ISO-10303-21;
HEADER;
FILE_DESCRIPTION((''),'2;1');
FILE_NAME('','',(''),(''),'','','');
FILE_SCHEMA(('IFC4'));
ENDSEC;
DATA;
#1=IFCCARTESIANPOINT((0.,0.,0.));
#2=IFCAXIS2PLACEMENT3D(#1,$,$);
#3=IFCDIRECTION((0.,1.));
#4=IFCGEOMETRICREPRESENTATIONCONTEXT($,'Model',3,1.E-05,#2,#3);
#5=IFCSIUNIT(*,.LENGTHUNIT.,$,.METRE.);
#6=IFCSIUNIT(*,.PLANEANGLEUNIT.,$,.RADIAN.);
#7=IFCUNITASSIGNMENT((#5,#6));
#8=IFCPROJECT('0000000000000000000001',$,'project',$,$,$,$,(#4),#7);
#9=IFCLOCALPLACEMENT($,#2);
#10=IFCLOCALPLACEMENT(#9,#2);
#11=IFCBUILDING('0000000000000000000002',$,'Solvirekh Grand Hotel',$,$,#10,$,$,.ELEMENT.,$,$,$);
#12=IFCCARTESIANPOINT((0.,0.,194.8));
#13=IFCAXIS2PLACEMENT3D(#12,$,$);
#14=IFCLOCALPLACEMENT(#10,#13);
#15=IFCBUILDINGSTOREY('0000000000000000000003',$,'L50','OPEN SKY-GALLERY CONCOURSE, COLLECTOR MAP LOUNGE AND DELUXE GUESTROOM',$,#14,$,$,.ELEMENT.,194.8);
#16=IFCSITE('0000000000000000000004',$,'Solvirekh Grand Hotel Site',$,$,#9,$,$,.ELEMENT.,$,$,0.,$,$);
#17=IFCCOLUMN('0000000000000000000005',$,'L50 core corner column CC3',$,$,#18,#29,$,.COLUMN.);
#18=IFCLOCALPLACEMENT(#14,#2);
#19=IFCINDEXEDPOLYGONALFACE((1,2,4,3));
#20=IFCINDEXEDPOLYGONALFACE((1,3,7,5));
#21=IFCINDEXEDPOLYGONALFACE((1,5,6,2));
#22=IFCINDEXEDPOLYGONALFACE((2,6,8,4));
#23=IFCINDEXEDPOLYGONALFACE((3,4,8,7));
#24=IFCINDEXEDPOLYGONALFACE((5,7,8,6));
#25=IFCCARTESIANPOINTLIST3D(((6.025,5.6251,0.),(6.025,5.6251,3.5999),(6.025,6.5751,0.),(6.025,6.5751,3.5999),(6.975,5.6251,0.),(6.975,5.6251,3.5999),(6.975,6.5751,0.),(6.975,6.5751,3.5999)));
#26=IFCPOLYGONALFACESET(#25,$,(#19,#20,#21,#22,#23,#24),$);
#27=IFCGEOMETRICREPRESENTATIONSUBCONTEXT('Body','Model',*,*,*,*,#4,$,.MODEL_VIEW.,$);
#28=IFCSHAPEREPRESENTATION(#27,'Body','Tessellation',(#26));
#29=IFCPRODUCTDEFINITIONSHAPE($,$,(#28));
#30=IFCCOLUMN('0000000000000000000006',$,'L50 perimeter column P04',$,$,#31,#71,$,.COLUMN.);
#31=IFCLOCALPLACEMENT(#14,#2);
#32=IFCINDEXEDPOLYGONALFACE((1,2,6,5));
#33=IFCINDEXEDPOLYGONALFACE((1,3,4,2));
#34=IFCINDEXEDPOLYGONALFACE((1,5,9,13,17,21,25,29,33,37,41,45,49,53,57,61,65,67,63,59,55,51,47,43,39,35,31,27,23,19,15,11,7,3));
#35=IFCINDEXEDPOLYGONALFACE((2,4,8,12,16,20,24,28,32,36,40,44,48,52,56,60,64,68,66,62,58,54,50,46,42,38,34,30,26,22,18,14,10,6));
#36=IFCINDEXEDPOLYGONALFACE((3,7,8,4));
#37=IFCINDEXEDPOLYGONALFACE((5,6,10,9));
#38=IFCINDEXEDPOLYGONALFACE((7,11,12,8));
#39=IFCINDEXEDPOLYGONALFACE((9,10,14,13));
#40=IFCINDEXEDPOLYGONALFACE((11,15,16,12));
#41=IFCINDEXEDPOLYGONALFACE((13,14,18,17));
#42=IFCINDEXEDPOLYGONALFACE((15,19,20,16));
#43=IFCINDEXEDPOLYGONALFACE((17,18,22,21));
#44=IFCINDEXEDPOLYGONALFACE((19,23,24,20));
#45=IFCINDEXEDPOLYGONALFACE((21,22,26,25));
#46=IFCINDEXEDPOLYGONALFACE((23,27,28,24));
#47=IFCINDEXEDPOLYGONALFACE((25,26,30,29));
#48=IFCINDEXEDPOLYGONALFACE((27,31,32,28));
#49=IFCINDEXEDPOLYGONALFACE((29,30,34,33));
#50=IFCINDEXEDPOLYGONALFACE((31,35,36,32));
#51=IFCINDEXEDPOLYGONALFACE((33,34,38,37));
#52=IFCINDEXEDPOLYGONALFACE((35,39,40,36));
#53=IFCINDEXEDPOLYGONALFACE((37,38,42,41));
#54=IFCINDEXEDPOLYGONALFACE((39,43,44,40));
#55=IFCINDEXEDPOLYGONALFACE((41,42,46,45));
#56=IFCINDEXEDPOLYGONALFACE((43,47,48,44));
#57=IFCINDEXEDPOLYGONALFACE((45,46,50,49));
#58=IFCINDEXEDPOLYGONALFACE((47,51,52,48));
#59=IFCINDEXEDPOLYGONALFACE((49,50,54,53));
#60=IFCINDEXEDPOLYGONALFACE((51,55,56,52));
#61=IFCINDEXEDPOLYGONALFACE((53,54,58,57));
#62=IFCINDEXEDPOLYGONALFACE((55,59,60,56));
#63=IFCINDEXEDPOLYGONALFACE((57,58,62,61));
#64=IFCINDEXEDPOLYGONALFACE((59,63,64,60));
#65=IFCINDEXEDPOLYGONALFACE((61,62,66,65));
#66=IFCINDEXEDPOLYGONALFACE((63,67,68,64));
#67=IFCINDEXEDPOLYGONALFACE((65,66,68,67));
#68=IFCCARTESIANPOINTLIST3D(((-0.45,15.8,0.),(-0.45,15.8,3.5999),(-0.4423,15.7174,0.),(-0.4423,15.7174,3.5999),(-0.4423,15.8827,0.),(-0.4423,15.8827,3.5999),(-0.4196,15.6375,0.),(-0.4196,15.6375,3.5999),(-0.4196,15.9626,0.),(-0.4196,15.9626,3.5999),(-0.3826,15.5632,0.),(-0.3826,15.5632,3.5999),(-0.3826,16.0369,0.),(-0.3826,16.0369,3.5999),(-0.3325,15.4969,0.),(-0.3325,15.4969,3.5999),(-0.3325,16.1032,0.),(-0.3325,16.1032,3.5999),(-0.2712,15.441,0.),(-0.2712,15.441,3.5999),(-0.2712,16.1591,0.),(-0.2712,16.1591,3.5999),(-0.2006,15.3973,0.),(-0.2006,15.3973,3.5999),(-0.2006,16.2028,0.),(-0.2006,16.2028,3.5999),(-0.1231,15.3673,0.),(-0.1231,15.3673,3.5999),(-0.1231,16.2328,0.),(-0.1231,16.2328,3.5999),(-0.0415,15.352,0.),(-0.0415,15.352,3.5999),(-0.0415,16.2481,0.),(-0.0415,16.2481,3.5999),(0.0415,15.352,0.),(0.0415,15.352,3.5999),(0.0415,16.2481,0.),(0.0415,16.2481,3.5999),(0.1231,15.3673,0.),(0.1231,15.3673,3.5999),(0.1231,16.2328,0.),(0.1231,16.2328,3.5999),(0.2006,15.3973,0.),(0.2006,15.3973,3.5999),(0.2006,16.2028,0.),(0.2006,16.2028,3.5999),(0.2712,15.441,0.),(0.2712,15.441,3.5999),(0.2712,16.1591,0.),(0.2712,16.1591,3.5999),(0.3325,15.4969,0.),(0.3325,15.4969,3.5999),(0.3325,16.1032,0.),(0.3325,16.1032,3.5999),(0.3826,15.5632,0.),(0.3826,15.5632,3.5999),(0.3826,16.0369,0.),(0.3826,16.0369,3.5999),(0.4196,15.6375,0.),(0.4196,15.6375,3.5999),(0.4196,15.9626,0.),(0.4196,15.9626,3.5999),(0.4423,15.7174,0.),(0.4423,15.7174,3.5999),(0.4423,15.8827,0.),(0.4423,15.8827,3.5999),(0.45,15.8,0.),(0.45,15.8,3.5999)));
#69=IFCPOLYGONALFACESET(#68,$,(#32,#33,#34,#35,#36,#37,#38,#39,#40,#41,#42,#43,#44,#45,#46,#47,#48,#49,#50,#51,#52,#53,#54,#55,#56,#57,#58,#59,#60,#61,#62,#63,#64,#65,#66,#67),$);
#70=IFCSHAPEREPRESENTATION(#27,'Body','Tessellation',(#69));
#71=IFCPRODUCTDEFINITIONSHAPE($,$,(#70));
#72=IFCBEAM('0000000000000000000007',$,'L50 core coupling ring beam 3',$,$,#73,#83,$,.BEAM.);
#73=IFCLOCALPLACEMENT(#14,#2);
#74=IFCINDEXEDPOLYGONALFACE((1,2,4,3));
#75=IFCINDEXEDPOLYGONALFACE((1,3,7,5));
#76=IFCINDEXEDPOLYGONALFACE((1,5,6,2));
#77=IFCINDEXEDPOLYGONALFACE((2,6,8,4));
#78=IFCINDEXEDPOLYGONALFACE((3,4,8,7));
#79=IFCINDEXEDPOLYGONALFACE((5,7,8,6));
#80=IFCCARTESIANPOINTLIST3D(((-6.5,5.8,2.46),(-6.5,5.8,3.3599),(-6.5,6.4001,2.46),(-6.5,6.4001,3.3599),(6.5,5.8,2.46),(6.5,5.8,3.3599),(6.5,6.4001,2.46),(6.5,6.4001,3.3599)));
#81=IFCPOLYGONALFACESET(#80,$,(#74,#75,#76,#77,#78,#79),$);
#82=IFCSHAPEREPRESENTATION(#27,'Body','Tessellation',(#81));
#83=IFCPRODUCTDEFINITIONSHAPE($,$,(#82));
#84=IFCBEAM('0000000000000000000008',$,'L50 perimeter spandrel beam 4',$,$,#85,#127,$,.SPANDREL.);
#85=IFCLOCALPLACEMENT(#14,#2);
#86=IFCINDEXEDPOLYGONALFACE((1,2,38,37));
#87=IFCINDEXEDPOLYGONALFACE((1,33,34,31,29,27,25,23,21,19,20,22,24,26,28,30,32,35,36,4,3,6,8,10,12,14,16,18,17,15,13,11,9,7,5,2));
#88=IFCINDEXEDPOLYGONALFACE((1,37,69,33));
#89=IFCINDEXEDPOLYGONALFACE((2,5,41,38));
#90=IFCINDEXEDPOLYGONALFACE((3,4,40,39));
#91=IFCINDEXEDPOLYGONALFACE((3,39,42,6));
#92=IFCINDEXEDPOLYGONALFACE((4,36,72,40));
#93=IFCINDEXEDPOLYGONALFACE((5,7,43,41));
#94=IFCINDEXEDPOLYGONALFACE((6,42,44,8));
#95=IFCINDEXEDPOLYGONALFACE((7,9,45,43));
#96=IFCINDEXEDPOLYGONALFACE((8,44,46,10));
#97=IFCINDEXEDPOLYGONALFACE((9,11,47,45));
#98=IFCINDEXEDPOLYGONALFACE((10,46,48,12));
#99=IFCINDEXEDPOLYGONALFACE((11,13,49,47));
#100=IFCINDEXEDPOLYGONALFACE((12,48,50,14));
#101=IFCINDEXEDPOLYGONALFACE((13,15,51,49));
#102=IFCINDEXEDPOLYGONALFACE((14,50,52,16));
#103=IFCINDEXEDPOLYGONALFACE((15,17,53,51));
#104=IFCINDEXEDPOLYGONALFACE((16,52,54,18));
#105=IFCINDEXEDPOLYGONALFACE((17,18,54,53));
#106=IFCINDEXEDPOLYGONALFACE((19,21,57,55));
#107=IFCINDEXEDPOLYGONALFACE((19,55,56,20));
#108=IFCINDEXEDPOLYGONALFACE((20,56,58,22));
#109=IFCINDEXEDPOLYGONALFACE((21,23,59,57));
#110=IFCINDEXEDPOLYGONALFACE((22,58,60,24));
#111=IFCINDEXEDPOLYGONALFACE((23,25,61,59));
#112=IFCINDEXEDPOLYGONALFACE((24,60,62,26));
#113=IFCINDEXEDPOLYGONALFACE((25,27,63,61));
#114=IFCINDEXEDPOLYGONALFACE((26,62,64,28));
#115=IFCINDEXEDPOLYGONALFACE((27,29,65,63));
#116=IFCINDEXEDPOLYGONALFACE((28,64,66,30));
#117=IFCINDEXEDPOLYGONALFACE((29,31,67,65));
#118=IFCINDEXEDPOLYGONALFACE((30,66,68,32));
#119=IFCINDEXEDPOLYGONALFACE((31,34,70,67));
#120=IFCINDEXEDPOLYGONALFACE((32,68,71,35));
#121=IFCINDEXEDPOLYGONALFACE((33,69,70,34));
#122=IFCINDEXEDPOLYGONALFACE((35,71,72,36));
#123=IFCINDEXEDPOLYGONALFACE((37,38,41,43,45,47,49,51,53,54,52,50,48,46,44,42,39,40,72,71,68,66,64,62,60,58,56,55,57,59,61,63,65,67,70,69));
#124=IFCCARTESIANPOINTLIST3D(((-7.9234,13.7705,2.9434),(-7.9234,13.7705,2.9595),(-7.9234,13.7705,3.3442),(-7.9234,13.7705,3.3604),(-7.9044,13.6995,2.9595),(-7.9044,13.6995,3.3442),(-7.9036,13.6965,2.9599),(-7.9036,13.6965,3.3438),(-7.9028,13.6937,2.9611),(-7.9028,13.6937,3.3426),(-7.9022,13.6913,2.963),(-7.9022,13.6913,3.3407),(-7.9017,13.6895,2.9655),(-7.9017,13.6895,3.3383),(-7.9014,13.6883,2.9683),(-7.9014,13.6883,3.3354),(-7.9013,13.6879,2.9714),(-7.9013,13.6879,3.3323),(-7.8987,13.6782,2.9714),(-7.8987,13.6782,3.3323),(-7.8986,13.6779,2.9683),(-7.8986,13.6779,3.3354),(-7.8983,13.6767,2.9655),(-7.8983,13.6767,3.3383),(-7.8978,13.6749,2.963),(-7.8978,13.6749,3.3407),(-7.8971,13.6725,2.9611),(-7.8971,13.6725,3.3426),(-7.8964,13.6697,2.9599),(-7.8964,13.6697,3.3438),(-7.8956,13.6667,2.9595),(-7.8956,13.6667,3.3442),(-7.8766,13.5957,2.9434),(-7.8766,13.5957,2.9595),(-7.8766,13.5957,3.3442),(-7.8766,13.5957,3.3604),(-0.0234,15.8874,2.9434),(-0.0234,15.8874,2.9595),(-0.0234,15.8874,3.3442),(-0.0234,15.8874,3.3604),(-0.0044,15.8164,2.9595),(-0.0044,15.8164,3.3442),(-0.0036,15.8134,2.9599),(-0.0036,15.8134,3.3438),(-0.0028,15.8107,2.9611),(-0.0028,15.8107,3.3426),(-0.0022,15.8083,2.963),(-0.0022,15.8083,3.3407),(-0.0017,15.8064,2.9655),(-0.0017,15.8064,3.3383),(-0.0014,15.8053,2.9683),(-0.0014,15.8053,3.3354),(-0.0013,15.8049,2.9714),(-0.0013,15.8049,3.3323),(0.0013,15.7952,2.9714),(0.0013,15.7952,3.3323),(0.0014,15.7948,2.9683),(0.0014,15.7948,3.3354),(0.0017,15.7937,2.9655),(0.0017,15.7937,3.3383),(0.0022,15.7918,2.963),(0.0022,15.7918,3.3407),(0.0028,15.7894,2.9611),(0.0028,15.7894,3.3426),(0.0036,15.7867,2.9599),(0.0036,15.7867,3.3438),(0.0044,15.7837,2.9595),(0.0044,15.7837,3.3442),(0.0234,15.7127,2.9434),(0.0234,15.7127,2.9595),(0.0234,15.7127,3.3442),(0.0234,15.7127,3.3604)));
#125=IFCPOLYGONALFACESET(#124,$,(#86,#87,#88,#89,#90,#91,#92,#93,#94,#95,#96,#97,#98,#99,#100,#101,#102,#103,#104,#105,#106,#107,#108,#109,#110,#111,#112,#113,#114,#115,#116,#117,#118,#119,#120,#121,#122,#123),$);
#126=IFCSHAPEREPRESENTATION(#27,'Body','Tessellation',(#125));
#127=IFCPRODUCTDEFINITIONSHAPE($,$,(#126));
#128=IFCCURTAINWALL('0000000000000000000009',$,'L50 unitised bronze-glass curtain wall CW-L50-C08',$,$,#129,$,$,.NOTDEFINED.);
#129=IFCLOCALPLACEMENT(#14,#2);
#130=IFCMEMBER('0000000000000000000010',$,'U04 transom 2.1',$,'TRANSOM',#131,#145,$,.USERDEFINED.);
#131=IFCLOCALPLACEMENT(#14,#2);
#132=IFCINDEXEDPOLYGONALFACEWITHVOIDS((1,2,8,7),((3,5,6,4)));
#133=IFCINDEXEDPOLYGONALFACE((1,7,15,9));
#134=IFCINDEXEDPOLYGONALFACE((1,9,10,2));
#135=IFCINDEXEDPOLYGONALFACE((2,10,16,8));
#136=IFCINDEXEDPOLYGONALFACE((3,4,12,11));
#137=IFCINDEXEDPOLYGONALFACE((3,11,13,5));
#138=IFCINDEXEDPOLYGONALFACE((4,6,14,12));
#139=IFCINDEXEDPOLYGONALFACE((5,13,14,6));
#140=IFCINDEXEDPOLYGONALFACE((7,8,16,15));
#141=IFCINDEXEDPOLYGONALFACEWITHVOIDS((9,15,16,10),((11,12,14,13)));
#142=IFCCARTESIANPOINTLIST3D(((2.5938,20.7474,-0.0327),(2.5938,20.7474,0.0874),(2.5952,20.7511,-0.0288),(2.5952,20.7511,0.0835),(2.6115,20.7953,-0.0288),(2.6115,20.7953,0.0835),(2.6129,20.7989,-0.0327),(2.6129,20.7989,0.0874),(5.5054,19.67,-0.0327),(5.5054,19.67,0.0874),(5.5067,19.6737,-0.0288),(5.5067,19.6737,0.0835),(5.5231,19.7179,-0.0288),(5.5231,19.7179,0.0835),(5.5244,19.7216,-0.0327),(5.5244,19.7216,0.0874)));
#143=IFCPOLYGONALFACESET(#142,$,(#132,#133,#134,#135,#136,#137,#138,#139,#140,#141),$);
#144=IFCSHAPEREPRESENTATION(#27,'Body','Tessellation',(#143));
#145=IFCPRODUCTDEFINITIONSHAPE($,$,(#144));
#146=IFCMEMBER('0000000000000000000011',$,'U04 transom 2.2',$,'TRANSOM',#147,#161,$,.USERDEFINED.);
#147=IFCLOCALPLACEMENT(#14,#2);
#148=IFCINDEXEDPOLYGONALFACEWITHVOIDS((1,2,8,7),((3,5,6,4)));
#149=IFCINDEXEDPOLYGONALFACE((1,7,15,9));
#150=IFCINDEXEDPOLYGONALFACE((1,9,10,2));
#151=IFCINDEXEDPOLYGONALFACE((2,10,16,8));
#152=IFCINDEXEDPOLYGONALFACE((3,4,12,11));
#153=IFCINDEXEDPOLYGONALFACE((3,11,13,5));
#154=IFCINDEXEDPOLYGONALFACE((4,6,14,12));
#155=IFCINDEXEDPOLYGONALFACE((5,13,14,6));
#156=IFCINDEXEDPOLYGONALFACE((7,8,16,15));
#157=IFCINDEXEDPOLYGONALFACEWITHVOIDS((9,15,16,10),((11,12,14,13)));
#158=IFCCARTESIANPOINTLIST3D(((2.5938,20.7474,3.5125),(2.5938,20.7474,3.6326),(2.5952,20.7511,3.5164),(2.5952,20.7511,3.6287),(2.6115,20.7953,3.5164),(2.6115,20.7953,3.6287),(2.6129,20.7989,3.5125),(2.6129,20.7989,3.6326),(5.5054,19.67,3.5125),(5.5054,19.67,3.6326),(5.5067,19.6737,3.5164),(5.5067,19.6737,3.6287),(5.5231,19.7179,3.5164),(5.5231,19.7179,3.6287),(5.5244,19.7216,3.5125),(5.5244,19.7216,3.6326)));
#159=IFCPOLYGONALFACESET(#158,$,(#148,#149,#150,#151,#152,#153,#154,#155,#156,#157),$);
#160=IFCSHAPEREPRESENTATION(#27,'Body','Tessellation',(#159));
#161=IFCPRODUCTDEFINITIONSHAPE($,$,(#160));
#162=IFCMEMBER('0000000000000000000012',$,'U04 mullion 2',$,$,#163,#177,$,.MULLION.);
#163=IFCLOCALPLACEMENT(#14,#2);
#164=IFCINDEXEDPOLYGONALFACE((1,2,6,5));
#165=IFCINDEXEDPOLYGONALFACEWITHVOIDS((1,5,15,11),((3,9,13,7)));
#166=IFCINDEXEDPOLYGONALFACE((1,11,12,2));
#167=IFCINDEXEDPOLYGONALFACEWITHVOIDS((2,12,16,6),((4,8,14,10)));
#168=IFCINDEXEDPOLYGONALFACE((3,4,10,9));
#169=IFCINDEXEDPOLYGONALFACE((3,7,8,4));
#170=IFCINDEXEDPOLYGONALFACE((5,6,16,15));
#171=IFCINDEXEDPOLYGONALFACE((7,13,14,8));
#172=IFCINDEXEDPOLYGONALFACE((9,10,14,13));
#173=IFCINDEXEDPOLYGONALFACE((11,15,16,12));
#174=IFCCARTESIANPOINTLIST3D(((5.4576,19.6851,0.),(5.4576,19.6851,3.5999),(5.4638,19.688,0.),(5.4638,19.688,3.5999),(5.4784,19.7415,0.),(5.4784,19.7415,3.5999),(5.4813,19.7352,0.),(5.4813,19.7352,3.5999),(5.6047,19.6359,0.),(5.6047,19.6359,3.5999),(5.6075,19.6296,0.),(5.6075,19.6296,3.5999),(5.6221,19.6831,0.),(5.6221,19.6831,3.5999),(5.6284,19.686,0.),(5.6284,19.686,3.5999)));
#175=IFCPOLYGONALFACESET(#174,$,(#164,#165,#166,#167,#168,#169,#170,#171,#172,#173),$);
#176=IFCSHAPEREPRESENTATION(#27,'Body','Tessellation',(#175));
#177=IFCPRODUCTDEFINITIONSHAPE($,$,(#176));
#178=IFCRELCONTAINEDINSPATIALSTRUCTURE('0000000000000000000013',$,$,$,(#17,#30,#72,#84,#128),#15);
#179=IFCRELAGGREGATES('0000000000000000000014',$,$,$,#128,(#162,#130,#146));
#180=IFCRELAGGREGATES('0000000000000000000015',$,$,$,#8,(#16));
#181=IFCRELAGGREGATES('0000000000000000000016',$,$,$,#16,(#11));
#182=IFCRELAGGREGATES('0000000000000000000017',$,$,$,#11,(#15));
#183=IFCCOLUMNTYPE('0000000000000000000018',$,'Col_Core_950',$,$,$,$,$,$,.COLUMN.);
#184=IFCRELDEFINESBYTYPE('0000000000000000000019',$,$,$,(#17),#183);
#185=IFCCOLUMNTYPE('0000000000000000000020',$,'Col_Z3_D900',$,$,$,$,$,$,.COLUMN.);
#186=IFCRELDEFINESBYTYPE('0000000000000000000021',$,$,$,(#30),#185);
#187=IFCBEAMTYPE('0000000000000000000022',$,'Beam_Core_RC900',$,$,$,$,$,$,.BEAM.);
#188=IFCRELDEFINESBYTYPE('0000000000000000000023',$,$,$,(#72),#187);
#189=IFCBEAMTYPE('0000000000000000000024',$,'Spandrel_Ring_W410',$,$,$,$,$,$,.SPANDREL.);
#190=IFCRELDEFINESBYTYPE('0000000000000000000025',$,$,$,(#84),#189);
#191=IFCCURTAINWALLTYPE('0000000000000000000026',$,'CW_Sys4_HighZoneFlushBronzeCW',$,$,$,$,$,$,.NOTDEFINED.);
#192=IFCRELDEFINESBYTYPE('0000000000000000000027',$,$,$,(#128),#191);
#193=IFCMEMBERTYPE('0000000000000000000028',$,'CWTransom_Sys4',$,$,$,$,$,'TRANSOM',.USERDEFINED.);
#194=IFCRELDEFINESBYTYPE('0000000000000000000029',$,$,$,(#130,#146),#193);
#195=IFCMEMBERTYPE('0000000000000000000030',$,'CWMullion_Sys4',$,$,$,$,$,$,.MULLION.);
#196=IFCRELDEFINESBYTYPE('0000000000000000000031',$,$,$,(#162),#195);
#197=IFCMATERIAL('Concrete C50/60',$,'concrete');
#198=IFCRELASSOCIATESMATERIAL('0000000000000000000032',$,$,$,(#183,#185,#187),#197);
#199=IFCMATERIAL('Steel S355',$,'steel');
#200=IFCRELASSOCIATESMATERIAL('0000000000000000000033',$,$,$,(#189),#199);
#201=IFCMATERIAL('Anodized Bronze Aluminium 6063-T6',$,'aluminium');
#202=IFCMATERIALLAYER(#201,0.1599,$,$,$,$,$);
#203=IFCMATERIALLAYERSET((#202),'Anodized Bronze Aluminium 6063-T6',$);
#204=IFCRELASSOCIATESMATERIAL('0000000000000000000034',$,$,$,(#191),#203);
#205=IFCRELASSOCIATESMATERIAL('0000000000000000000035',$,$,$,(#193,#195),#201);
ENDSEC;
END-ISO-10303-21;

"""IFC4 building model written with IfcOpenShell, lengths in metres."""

from ifc_helpers import new_model, si_unit, direction, frame, origin, origin_2d, place, context, subcontext, project, spatial, rectangle, hollow_rectangle, circle, i_section, extrude, source, transform, mapped, material, layer, layer_set, material_profile, profile_set, type_object, element, aggregate, save


model = new_model("IFC4")

# Units and contexts
model_context = context("Model", 3, precision=1e-05, world=origin(), true_north=direction((0.0, 1.0)))
body_context = subcontext(model_context, "Body", "Model", "MODEL_VIEW")
ifc_project = project(units=[si_unit("LENGTHUNIT", "METRE"), si_unit("PLANEANGLEUNIT", "RADIAN")], contexts=[model_context])

# Site, building, storey
site_placement = place(None, origin())
site = spatial("IfcSite", under=ifc_project, at=site_placement, Name="Solvirekh Grand Hotel Site", CompositionType="ELEMENT", RefElevation=0.0)
building_placement = place(site_placement, origin())
building = spatial("IfcBuilding", under=site, at=building_placement, Name="Solvirekh Grand Hotel", CompositionType="ELEMENT")
storey_placement = place(building_placement, frame((0.0, 0.0, 194.8)))
storey = spatial("IfcBuildingStorey", under=building, at=storey_placement, Name="L50", Description="OPEN SKY-GALLERY CONCOURSE, COLLECTOR MAP LOUNGE AND DELUXE GUESTROOM", CompositionType="ELEMENT", Elevation=194.8)

# Columns
ifc_material_1 = material(Name="Concrete C50/60", Category="concrete")
ifc_material_profile_1 = material_profile(ifc_material_1, rectangle(XDim=0.95, YDim=0.95, at=origin_2d()), Name="RC 950X950")
ifc_profile_set_1 = profile_set([ifc_material_profile_1], Name="Concrete C50/60")
column_type_1 = type_object("IfcColumnType", Name="Col_Core_950", PredefinedType="COLUMN", material=ifc_profile_set_1)
column_1_placement = place(storey_placement, frame((6.5, 6.1001, 0.0), z_axis=(0.0, 0.0, 1.0), x_axis=(1.0, 0.0, 0.0)))
element("IfcColumn", 1, at=column_1_placement, inside=storey, type_object=column_type_1, Name="L50 core corner column CC3", PredefinedType="COLUMN", context=body_context, shape_type="SweptSolid", body=[
    extrude(rectangle(XDim=0.95, YDim=0.95, at=origin_2d()), origin(), (0.0, 0.0, 1.0), 3.5999),
])
ifc_material_profile_2 = material_profile(ifc_material_1, circle(Radius=0.45, at=origin_2d()), Name="RC CIRC D900")
ifc_profile_set_2 = profile_set([ifc_material_profile_2], Name="Concrete C50/60")
column_type_2 = type_object("IfcColumnType", Name="Col_Z3_D900", PredefinedType="COLUMN", material=ifc_profile_set_2)
column_2_placement = place(storey_placement, frame((0.0, 15.8, 0.0), z_axis=(0.0, 0.0, 1.0), x_axis=(1.0, 0.0, 0.0)))
element("IfcColumn", 2, at=column_2_placement, inside=storey, type_object=column_type_2, Name="L50 perimeter column P04", PredefinedType="COLUMN", context=body_context, shape_type="SweptSolid", body=[
    extrude(circle(Radius=0.45, at=origin_2d()), origin(), (0.0, 0.0, 1.0), 3.5999),
])

# Beams
ifc_material_profile_3 = material_profile(ifc_material_1, rectangle(XDim=0.6001, YDim=0.8999, at=origin_2d()), Name="RC BEAM 600X900")
ifc_profile_set_3 = profile_set([ifc_material_profile_3], Name="Concrete C50/60")
beam_type_1 = type_object("IfcBeamType", Name="Beam_Core_RC900", PredefinedType="BEAM", material=ifc_profile_set_3)
beam_1_placement = place(storey_placement, frame((6.5, 6.1001, 2.9099), z_axis=(-1.0, 0.0, 0.0), x_axis=(0.0, -1.0, 0.0)))
element("IfcBeam", 3, at=beam_1_placement, inside=storey, type_object=beam_type_1, Name="L50 core coupling ring beam 3", PredefinedType="BEAM", context=body_context, shape_type="SweptSolid", body=[
    extrude(rectangle(XDim=0.6001, YDim=0.8999, at=origin_2d()), origin(), (0.0, 0.0, 1.0), 13.0),
])
ifc_material_2 = material(Name="Steel S355", Category="steel")
ifc_material_profile_4 = material_profile(ifc_material_2, i_section(OverallWidth=0.1809, OverallDepth=0.417, WebThickness=0.01, FlangeThickness=0.0161, FilletRadius=0.012, at=origin_2d()), Name="W410X85")
ifc_profile_set_4 = profile_set([ifc_material_profile_4], Name="Steel S355")
beam_type_2 = type_object("IfcBeamType", Name="Spandrel_Ring_W410", PredefinedType="SPANDREL", material=ifc_profile_set_4)
beam_2_placement = place(storey_placement, frame((0.0, 15.8, 3.1519), z_axis=(-0.965921, -0.258839, 0.0), x_axis=(0.258839, -0.965921, 0.0)))
element("IfcBeam", 4, at=beam_2_placement, inside=storey, type_object=beam_type_2, Name="L50 perimeter spandrel beam 4", PredefinedType="SPANDREL", context=body_context, shape_type="SweptSolid", body=[
    extrude(i_section(OverallWidth=0.1809, OverallDepth=0.417, WebThickness=0.01, FlangeThickness=0.0161, FilletRadius=0.012, at=origin_2d()), origin(), (0.0, 0.0, 1.0), 8.1787),
])

# Curtain wall, members
ifc_material_3 = material(Name="Anodized Bronze Aluminium 6063-T6", Category="aluminium")
ifc_layer_1 = layer(ifc_material_3, 0.1599)
ifc_layer_set_1 = layer_set([ifc_layer_1], Name="Anodized Bronze Aluminium 6063-T6")
curtain_wall_type = type_object("IfcCurtainWallType", Name="CW_Sys4_HighZoneFlushBronzeCW", PredefinedType="NOTDEFINED", material=ifc_layer_set_1)
curtain_wall_placement = place(storey_placement, origin())
curtain_wall = element("IfcCurtainWall", 5, at=curtain_wall_placement, inside=storey, type_object=curtain_wall_type, Name="L50 unitised bronze-glass curtain wall CW-L50-C08", PredefinedType="NOTDEFINED")
ifc_material_profile_5 = material_profile(ifc_material_3, hollow_rectangle(XDim=0.0549, YDim=0.1201, WallThickness=0.0039, at=origin_2d()), Name="ALU RHS 120X55X4")
ifc_profile_set_5 = profile_set([ifc_material_profile_5], Name="Anodized Bronze Aluminium 6063-T6")
member_type_1 = type_object("IfcMemberType", Name="CWTransom_Sys4", ElementType="TRANSOM", PredefinedType="USERDEFINED", material=ifc_profile_set_5)
shared_shape_1 = source(origin(), body_context, "Body", "SweptSolid", [
    extrude(hollow_rectangle(XDim=0.0549, YDim=0.1201, WallThickness=0.0039, at=origin_2d()), origin(), (0.0, 0.0, 1.0), 3.1045),
])
member_1_placement = place(storey_placement, frame((5.5149, 19.6958, 0.0273), z_axis=(-0.937852, 0.347035, 0.0), x_axis=(-0.347035, -0.937852, 0.0)))
member_1 = element("IfcMember", 6, at=member_1_placement, type_object=member_type_1, Name="U04 transom 2.1", ObjectType="TRANSOM", PredefinedType="USERDEFINED", context=body_context, shape_type="MappedRepresentation", body=[
    mapped(shared_shape_1, transform((0.0, 0.0, 0.0), x_axis=(1.0, 0.0, 0.0), y_axis=(0.0, 1.0, 0.0), z_axis=(0.0, 0.0, 1.0), scale=1.0)),
])
member_2_placement = place(storey_placement, frame((5.5149, 19.6958, 3.5725), z_axis=(-0.937852, 0.347035, 0.0), x_axis=(-0.347035, -0.937852, 0.0)))
member_2 = element("IfcMember", 7, at=member_2_placement, type_object=member_type_1, Name="U04 transom 2.2", ObjectType="TRANSOM", PredefinedType="USERDEFINED", context=body_context, shape_type="MappedRepresentation", body=[
    mapped(shared_shape_1, transform((0.0, 0.0, 0.0), x_axis=(1.0, 0.0, 0.0), y_axis=(0.0, 1.0, 0.0), z_axis=(0.0, 0.0, 1.0), scale=1.0)),
])
ifc_material_profile_6 = material_profile(ifc_material_3, hollow_rectangle(XDim=0.0601, YDim=0.1599, WallThickness=0.0049, at=origin_2d()), Name="ALU RHS 160X60X5")
ifc_profile_set_6 = profile_set([ifc_material_profile_6], Name="Anodized Bronze Aluminium 6063-T6")
member_type_2 = type_object("IfcMemberType", Name="CWMullion_Sys4", PredefinedType="MULLION", material=ifc_profile_set_6)
shared_shape_2 = source(origin(), body_context, "Body", "SweptSolid", [
    extrude(hollow_rectangle(XDim=0.0601, YDim=0.1599, WallThickness=0.0049, at=origin_2d()), origin(), (0.0, 0.0, 1.0), 3.5999),
])
member_3_placement = place(storey_placement, frame((5.543, 19.6855, 0.0), z_axis=(0.0, 0.0, 1.0), x_axis=(-0.347003, -0.937864, 0.0)))
member_3 = element("IfcMember", 8, at=member_3_placement, type_object=member_type_2, Name="U04 mullion 2", PredefinedType="MULLION", context=body_context, shape_type="MappedRepresentation", body=[
    mapped(shared_shape_2, transform((0.0, 0.0, 0.0), x_axis=(1.0, 0.0, 0.0), y_axis=(0.0, 1.0, 0.0), z_axis=(0.0, 0.0, 1.0), scale=1.0)),
])
aggregate(curtain_wall, [member_3, member_1, member_2])

save(model, "model.ifc")
